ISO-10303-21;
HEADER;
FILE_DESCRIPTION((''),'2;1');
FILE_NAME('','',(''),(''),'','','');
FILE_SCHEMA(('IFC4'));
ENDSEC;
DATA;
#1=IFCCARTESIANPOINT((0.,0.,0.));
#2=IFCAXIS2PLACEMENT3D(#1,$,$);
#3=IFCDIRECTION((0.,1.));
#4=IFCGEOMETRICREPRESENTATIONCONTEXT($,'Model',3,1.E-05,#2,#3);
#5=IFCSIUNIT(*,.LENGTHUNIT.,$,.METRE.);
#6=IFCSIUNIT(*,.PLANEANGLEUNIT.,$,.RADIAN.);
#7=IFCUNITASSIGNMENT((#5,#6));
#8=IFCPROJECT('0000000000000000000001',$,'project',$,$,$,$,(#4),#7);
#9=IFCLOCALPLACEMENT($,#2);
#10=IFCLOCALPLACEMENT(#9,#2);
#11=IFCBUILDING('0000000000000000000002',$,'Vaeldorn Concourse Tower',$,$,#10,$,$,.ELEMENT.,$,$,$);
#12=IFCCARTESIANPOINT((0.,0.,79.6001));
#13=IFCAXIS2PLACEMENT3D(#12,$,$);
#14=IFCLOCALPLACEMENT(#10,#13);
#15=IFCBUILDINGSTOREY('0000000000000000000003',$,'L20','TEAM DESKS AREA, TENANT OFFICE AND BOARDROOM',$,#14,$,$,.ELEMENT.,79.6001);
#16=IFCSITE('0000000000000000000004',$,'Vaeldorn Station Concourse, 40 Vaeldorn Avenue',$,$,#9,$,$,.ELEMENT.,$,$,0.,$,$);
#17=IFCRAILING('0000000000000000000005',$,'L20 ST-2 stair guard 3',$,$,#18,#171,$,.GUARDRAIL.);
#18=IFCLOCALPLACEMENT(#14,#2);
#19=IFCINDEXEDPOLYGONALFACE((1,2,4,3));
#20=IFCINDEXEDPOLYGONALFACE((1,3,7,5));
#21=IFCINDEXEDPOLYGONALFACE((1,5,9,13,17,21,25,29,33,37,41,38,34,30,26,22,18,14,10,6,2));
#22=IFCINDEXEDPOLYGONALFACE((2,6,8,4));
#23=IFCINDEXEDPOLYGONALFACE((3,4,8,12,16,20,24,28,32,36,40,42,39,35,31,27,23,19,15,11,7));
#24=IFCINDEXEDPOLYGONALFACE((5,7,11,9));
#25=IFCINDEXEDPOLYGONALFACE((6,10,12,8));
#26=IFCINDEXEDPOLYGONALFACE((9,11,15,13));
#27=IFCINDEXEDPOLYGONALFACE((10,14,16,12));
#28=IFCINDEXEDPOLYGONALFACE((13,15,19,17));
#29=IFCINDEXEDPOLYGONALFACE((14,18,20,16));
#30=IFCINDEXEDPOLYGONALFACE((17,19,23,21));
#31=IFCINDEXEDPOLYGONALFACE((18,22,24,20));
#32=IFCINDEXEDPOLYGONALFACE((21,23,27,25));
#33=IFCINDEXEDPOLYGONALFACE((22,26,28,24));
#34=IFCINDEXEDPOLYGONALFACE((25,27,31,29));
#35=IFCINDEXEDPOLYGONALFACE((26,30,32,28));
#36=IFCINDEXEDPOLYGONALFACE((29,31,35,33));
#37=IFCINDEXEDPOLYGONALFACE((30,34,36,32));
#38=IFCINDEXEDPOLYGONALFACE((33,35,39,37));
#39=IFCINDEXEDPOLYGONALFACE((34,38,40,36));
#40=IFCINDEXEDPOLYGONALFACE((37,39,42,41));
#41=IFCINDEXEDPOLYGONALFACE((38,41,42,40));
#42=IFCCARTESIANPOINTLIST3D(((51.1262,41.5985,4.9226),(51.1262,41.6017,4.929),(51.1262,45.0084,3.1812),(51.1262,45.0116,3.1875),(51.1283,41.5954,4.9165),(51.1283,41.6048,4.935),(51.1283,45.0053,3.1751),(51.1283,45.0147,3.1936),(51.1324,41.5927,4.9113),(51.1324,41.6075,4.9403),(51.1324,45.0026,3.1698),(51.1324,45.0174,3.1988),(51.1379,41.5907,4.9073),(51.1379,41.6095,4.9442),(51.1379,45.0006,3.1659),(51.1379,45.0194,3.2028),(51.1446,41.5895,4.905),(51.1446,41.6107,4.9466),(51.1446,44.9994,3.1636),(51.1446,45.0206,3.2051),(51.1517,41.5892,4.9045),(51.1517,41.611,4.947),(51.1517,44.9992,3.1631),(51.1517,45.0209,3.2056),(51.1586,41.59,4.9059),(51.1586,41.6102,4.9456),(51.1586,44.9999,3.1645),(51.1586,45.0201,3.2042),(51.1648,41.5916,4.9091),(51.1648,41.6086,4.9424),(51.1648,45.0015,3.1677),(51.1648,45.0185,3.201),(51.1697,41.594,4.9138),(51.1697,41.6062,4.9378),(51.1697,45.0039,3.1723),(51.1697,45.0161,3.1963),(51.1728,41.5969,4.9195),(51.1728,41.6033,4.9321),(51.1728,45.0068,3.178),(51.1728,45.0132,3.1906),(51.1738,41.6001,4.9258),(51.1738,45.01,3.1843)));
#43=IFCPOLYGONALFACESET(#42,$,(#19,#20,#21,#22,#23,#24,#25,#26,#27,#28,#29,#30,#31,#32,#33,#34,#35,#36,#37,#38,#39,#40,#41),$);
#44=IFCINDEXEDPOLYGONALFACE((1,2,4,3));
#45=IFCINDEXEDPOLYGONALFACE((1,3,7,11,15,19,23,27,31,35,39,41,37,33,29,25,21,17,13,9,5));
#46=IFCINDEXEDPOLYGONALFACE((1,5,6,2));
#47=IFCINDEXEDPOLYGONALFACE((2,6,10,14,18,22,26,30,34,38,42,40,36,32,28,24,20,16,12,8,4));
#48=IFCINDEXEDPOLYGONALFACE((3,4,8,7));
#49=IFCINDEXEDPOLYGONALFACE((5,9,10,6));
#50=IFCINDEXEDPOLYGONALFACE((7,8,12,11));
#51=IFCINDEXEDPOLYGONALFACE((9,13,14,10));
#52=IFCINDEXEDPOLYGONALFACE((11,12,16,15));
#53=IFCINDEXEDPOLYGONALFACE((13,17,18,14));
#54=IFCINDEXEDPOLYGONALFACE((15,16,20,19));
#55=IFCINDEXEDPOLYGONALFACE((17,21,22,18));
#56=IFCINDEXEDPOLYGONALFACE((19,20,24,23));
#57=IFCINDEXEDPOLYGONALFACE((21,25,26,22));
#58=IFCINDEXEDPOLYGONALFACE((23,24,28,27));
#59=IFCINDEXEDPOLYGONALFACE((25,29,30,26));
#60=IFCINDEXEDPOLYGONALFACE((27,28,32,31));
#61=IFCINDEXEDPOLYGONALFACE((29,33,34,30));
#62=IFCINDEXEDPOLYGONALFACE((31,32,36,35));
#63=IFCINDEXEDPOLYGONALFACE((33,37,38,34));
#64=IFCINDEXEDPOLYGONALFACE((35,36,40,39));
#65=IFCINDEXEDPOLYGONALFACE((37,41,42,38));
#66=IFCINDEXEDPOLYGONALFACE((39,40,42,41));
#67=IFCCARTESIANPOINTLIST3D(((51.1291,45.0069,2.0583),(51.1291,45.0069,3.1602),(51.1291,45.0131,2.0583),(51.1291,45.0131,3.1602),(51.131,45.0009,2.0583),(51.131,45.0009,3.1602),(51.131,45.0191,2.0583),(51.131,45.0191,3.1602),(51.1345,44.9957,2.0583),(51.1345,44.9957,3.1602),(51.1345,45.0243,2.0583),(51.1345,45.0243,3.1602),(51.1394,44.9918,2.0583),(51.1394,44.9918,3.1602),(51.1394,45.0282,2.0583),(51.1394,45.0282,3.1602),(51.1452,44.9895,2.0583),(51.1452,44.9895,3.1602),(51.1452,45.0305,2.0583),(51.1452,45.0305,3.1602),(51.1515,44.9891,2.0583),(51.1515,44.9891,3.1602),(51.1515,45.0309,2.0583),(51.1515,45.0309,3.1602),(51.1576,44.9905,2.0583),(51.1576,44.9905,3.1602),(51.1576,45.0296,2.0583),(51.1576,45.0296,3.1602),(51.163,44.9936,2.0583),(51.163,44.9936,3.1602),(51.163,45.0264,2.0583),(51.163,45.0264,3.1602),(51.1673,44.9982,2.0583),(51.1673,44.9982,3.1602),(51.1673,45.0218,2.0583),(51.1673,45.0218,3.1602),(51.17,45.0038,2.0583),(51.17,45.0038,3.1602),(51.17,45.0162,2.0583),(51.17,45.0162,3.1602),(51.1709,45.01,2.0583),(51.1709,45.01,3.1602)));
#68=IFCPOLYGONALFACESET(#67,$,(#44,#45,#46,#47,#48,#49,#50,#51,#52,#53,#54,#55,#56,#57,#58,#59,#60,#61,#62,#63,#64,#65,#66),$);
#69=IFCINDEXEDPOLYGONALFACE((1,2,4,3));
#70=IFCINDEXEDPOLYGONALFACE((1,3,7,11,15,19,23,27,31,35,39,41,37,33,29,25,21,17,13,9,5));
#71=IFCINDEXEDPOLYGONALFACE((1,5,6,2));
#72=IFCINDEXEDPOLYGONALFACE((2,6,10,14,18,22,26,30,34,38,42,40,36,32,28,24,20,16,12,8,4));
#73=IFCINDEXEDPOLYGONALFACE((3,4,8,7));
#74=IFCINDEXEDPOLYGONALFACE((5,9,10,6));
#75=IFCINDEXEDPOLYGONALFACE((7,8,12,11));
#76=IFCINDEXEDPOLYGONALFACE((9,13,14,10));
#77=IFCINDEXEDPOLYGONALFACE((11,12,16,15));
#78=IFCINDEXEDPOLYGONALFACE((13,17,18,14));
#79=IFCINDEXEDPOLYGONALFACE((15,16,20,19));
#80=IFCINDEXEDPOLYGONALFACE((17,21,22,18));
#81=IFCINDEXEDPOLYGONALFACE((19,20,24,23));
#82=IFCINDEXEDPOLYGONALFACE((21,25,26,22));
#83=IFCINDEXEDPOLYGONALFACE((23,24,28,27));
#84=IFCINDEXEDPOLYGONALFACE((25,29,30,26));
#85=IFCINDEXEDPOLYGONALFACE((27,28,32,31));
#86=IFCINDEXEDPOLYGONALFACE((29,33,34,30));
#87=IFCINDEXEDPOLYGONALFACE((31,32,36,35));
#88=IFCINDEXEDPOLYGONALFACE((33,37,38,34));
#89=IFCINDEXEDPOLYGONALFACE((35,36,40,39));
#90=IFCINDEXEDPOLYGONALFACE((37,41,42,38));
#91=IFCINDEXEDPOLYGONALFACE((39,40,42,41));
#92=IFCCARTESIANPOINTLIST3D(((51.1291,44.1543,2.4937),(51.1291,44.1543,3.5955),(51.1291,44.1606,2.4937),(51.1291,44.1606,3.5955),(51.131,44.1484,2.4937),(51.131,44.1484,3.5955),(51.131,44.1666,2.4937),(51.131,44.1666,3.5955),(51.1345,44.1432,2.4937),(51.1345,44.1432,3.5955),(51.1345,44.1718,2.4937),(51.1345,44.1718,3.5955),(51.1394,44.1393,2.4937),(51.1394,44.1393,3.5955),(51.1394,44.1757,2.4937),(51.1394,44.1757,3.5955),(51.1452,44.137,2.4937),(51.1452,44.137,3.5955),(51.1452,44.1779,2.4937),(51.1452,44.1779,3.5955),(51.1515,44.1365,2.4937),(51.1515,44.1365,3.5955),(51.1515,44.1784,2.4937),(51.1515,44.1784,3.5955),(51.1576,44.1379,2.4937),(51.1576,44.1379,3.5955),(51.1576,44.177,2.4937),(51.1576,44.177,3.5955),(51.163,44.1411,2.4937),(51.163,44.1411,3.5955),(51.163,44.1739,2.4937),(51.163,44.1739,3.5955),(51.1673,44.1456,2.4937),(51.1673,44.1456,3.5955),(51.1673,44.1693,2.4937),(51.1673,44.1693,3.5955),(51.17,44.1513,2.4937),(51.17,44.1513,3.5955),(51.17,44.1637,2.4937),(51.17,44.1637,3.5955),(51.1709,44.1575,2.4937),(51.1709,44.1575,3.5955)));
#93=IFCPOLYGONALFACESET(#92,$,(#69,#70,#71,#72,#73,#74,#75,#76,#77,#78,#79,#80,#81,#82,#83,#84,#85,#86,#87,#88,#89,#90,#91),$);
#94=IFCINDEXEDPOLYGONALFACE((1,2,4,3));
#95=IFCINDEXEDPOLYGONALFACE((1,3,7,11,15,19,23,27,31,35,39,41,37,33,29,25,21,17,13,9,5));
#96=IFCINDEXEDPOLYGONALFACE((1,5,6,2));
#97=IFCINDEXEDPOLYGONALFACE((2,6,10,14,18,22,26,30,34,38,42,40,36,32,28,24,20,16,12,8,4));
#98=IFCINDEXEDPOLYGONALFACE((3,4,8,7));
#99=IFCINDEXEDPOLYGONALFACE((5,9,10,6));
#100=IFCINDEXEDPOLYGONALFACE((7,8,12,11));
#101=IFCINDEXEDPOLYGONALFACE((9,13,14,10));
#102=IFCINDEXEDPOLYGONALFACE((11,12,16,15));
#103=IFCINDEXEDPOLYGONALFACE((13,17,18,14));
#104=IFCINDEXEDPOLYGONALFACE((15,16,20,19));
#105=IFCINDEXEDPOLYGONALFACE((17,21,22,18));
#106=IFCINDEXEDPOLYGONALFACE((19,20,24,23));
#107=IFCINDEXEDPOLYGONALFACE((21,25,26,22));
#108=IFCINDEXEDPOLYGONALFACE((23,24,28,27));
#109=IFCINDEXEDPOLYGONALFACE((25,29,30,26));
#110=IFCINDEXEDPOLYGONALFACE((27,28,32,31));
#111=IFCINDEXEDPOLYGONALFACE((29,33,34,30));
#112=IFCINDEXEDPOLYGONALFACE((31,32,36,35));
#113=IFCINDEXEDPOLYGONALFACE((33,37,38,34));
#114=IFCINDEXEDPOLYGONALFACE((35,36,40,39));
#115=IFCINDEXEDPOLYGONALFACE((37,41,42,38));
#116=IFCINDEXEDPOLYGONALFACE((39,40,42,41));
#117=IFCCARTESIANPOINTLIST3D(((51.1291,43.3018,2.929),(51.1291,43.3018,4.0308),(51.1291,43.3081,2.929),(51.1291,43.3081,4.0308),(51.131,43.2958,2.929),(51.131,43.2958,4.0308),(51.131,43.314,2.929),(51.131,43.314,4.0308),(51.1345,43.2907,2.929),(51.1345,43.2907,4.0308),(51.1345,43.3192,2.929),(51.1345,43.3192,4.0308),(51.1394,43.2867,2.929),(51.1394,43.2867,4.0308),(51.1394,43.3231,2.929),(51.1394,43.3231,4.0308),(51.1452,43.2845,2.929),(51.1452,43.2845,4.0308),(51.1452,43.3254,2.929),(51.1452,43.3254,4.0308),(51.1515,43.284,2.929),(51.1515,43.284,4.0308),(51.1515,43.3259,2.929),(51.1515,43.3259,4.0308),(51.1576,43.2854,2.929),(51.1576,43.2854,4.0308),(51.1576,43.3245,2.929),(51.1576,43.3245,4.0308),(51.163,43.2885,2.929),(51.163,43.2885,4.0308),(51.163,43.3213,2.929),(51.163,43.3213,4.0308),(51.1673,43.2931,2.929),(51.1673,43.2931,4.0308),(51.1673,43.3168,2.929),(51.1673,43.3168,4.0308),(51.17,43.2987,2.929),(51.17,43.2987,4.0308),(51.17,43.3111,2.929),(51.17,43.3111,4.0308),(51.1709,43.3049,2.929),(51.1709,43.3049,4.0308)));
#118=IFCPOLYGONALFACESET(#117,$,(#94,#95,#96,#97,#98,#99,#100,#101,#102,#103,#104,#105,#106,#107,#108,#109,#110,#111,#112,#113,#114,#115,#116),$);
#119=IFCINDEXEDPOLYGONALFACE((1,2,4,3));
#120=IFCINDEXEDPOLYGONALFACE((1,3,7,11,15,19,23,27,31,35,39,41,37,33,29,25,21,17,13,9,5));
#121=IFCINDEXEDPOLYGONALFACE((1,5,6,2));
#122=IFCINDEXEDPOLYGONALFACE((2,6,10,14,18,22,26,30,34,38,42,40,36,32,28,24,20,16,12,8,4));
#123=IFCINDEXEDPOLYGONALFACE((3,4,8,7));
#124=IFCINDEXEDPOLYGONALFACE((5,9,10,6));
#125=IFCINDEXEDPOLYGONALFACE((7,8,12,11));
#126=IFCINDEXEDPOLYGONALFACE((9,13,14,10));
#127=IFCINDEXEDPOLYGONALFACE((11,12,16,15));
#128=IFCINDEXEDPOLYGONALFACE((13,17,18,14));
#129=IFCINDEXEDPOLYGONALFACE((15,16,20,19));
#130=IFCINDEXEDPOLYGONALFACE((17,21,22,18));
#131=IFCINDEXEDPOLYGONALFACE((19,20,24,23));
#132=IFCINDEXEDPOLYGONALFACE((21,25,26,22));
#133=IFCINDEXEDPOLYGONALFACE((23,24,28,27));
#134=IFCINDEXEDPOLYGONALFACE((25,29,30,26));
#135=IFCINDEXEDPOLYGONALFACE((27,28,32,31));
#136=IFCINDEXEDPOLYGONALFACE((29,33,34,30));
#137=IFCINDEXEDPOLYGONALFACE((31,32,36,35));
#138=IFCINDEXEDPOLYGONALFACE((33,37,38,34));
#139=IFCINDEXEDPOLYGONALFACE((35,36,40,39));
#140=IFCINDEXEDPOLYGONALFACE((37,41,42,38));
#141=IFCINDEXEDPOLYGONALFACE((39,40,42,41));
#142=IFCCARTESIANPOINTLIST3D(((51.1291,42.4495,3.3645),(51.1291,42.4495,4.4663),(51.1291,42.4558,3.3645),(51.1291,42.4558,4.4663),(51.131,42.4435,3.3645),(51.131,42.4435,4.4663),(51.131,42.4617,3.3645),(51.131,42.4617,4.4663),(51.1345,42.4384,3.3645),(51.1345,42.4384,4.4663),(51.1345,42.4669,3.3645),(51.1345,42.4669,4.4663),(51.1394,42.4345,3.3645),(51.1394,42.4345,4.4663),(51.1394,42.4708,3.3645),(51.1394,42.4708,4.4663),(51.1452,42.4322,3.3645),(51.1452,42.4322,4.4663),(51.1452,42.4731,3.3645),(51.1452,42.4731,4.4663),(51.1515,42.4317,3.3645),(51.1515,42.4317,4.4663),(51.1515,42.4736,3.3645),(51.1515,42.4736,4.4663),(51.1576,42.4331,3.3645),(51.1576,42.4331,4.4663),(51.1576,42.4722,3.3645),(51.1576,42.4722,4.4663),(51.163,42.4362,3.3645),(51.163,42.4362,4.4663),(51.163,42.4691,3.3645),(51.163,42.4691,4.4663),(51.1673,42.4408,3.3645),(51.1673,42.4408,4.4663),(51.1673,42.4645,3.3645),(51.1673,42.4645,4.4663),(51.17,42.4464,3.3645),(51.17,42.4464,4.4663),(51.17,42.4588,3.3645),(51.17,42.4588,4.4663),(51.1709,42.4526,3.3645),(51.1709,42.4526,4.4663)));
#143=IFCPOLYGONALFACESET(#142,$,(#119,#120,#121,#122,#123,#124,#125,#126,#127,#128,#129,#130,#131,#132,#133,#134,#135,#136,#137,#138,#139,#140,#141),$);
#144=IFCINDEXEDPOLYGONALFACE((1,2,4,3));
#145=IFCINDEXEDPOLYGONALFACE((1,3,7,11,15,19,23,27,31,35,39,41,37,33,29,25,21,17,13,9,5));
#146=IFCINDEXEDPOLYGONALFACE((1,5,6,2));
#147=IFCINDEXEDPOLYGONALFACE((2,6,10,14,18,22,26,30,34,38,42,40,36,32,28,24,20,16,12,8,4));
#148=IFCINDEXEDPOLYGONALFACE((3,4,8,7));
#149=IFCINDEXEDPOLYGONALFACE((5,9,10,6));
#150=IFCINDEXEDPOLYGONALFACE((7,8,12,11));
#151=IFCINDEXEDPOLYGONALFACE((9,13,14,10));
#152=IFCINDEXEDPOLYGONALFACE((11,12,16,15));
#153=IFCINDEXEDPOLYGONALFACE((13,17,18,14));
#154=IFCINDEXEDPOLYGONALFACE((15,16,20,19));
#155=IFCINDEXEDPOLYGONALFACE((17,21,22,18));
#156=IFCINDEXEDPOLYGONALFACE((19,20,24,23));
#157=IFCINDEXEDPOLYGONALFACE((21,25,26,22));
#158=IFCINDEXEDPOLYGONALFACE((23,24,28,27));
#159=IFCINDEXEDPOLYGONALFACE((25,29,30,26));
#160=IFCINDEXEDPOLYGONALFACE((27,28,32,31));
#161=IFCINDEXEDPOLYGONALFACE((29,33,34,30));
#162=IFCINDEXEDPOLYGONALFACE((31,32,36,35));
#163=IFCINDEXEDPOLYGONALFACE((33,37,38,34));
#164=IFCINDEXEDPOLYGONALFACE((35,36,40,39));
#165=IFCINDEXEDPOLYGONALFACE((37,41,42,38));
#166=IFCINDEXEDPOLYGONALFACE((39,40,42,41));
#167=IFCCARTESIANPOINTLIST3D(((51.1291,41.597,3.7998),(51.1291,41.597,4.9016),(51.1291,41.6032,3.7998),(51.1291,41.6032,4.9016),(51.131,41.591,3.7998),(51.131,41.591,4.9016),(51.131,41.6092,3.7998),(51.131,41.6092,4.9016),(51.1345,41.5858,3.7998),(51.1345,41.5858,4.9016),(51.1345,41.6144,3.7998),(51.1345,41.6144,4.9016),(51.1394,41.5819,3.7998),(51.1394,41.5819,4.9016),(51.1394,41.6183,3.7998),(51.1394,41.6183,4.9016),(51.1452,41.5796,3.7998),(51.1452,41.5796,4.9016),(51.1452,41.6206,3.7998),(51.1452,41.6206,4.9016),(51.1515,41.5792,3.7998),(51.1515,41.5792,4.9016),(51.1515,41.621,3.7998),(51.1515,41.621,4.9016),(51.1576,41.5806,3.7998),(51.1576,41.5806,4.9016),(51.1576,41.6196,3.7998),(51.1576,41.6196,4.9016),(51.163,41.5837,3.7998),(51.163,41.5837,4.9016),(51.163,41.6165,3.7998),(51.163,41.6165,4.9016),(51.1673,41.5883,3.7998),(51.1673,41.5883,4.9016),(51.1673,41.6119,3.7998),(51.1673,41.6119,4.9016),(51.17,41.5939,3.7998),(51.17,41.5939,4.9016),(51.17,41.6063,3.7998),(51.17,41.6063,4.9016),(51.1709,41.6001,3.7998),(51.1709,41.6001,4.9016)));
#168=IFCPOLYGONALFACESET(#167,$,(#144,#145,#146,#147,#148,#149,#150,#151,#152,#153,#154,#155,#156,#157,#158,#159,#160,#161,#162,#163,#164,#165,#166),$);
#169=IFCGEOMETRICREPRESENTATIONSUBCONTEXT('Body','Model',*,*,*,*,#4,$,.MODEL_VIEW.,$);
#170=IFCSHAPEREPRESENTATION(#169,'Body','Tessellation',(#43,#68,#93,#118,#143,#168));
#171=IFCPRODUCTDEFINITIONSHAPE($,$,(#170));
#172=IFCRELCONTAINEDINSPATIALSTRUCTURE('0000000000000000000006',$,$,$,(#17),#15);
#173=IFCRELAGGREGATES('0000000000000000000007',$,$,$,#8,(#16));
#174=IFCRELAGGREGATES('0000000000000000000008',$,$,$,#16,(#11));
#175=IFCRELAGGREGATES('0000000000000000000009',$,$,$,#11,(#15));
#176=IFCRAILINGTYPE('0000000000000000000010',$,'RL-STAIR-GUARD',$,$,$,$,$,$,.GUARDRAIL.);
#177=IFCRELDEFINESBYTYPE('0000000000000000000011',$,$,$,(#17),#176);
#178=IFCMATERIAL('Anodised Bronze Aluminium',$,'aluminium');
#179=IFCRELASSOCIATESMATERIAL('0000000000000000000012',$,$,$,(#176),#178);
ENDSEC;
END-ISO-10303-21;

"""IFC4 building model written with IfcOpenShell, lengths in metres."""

from ifc_helpers import new_model, si_unit, direction, frame, origin, origin_2d, place, context, subcontext, project, spatial, circle, extrude, material, type_object, element, save


model = new_model("IFC4")

# Units and contexts
model_context = context("Model", 3, precision=1e-05, world=origin(), true_north=direction((0.0, 1.0)))
body_context = subcontext(model_context, "Body", "Model", "MODEL_VIEW")
ifc_project = project(units=[si_unit("LENGTHUNIT", "METRE"), si_unit("PLANEANGLEUNIT", "RADIAN")], contexts=[model_context])

# Site, building, storey
site_placement = place(None, origin())
site = spatial("IfcSite", under=ifc_project, at=site_placement, Name="Vaeldorn Station Concourse, 40 Vaeldorn Avenue", CompositionType="ELEMENT", RefElevation=0.0)
building_placement = place(site_placement, origin())
building = spatial("IfcBuilding", under=site, at=building_placement, Name="Vaeldorn Concourse Tower", CompositionType="ELEMENT")
storey_placement = place(building_placement, frame((0.0, 0.0, 79.6001)))
storey = spatial("IfcBuildingStorey", under=building, at=storey_placement, Name="L20", Description="TEAM DESKS AREA, TENANT OFFICE AND BOARDROOM", CompositionType="ELEMENT", Elevation=79.6001)

# Shared definitions
ifc_material_1 = material(Name="Anodised Bronze Aluminium", Category="aluminium")

# Railing
railing_type_1 = type_object("IfcRailingType", Name="RL-STAIR-GUARD", PredefinedType="GUARDRAIL", material=ifc_material_1)
railing_1_placement = place(storey_placement, frame((51.1499, 45.01, 2.0583)))
element("IfcRailing", 1, at=railing_1_placement, inside=storey, type_object=railing_type_1, Name="L20 ST-2 stair guard 3", PredefinedType="GUARDRAIL", context=body_context, shape_type="SweptSolid", body=[
    extrude(circle(Radius=0.0239, at=origin_2d()), frame((0.0, 0.0, 1.126), z_axis=(0.0, -0.890582, 0.454823), x_axis=(1.0, 0.0, 0.0)), (0.0, 0.0, 1.0), 3.8289),
    extrude(circle(Radius=0.021, at=origin_2d()), origin(), (0.0, 0.0, 1.0), 1.1018),
    extrude(circle(Radius=0.021, at=origin_2d()), frame((0.0, -0.8525, 0.4353)), (0.0, 0.0, 1.0), 1.1018),
    extrude(circle(Radius=0.021, at=origin_2d()), frame((0.0, -1.7051, 0.8706)), (0.0, 0.0, 1.0), 1.1018),
    extrude(circle(Radius=0.021, at=origin_2d()), frame((0.0, -2.5574, 1.3062)), (0.0, 0.0, 1.0), 1.1018),
    extrude(circle(Radius=0.021, at=origin_2d()), frame((0.0, -3.4099, 1.7415)), (0.0, 0.0, 1.0), 1.1018),
])

save(model, "model.ifc")
